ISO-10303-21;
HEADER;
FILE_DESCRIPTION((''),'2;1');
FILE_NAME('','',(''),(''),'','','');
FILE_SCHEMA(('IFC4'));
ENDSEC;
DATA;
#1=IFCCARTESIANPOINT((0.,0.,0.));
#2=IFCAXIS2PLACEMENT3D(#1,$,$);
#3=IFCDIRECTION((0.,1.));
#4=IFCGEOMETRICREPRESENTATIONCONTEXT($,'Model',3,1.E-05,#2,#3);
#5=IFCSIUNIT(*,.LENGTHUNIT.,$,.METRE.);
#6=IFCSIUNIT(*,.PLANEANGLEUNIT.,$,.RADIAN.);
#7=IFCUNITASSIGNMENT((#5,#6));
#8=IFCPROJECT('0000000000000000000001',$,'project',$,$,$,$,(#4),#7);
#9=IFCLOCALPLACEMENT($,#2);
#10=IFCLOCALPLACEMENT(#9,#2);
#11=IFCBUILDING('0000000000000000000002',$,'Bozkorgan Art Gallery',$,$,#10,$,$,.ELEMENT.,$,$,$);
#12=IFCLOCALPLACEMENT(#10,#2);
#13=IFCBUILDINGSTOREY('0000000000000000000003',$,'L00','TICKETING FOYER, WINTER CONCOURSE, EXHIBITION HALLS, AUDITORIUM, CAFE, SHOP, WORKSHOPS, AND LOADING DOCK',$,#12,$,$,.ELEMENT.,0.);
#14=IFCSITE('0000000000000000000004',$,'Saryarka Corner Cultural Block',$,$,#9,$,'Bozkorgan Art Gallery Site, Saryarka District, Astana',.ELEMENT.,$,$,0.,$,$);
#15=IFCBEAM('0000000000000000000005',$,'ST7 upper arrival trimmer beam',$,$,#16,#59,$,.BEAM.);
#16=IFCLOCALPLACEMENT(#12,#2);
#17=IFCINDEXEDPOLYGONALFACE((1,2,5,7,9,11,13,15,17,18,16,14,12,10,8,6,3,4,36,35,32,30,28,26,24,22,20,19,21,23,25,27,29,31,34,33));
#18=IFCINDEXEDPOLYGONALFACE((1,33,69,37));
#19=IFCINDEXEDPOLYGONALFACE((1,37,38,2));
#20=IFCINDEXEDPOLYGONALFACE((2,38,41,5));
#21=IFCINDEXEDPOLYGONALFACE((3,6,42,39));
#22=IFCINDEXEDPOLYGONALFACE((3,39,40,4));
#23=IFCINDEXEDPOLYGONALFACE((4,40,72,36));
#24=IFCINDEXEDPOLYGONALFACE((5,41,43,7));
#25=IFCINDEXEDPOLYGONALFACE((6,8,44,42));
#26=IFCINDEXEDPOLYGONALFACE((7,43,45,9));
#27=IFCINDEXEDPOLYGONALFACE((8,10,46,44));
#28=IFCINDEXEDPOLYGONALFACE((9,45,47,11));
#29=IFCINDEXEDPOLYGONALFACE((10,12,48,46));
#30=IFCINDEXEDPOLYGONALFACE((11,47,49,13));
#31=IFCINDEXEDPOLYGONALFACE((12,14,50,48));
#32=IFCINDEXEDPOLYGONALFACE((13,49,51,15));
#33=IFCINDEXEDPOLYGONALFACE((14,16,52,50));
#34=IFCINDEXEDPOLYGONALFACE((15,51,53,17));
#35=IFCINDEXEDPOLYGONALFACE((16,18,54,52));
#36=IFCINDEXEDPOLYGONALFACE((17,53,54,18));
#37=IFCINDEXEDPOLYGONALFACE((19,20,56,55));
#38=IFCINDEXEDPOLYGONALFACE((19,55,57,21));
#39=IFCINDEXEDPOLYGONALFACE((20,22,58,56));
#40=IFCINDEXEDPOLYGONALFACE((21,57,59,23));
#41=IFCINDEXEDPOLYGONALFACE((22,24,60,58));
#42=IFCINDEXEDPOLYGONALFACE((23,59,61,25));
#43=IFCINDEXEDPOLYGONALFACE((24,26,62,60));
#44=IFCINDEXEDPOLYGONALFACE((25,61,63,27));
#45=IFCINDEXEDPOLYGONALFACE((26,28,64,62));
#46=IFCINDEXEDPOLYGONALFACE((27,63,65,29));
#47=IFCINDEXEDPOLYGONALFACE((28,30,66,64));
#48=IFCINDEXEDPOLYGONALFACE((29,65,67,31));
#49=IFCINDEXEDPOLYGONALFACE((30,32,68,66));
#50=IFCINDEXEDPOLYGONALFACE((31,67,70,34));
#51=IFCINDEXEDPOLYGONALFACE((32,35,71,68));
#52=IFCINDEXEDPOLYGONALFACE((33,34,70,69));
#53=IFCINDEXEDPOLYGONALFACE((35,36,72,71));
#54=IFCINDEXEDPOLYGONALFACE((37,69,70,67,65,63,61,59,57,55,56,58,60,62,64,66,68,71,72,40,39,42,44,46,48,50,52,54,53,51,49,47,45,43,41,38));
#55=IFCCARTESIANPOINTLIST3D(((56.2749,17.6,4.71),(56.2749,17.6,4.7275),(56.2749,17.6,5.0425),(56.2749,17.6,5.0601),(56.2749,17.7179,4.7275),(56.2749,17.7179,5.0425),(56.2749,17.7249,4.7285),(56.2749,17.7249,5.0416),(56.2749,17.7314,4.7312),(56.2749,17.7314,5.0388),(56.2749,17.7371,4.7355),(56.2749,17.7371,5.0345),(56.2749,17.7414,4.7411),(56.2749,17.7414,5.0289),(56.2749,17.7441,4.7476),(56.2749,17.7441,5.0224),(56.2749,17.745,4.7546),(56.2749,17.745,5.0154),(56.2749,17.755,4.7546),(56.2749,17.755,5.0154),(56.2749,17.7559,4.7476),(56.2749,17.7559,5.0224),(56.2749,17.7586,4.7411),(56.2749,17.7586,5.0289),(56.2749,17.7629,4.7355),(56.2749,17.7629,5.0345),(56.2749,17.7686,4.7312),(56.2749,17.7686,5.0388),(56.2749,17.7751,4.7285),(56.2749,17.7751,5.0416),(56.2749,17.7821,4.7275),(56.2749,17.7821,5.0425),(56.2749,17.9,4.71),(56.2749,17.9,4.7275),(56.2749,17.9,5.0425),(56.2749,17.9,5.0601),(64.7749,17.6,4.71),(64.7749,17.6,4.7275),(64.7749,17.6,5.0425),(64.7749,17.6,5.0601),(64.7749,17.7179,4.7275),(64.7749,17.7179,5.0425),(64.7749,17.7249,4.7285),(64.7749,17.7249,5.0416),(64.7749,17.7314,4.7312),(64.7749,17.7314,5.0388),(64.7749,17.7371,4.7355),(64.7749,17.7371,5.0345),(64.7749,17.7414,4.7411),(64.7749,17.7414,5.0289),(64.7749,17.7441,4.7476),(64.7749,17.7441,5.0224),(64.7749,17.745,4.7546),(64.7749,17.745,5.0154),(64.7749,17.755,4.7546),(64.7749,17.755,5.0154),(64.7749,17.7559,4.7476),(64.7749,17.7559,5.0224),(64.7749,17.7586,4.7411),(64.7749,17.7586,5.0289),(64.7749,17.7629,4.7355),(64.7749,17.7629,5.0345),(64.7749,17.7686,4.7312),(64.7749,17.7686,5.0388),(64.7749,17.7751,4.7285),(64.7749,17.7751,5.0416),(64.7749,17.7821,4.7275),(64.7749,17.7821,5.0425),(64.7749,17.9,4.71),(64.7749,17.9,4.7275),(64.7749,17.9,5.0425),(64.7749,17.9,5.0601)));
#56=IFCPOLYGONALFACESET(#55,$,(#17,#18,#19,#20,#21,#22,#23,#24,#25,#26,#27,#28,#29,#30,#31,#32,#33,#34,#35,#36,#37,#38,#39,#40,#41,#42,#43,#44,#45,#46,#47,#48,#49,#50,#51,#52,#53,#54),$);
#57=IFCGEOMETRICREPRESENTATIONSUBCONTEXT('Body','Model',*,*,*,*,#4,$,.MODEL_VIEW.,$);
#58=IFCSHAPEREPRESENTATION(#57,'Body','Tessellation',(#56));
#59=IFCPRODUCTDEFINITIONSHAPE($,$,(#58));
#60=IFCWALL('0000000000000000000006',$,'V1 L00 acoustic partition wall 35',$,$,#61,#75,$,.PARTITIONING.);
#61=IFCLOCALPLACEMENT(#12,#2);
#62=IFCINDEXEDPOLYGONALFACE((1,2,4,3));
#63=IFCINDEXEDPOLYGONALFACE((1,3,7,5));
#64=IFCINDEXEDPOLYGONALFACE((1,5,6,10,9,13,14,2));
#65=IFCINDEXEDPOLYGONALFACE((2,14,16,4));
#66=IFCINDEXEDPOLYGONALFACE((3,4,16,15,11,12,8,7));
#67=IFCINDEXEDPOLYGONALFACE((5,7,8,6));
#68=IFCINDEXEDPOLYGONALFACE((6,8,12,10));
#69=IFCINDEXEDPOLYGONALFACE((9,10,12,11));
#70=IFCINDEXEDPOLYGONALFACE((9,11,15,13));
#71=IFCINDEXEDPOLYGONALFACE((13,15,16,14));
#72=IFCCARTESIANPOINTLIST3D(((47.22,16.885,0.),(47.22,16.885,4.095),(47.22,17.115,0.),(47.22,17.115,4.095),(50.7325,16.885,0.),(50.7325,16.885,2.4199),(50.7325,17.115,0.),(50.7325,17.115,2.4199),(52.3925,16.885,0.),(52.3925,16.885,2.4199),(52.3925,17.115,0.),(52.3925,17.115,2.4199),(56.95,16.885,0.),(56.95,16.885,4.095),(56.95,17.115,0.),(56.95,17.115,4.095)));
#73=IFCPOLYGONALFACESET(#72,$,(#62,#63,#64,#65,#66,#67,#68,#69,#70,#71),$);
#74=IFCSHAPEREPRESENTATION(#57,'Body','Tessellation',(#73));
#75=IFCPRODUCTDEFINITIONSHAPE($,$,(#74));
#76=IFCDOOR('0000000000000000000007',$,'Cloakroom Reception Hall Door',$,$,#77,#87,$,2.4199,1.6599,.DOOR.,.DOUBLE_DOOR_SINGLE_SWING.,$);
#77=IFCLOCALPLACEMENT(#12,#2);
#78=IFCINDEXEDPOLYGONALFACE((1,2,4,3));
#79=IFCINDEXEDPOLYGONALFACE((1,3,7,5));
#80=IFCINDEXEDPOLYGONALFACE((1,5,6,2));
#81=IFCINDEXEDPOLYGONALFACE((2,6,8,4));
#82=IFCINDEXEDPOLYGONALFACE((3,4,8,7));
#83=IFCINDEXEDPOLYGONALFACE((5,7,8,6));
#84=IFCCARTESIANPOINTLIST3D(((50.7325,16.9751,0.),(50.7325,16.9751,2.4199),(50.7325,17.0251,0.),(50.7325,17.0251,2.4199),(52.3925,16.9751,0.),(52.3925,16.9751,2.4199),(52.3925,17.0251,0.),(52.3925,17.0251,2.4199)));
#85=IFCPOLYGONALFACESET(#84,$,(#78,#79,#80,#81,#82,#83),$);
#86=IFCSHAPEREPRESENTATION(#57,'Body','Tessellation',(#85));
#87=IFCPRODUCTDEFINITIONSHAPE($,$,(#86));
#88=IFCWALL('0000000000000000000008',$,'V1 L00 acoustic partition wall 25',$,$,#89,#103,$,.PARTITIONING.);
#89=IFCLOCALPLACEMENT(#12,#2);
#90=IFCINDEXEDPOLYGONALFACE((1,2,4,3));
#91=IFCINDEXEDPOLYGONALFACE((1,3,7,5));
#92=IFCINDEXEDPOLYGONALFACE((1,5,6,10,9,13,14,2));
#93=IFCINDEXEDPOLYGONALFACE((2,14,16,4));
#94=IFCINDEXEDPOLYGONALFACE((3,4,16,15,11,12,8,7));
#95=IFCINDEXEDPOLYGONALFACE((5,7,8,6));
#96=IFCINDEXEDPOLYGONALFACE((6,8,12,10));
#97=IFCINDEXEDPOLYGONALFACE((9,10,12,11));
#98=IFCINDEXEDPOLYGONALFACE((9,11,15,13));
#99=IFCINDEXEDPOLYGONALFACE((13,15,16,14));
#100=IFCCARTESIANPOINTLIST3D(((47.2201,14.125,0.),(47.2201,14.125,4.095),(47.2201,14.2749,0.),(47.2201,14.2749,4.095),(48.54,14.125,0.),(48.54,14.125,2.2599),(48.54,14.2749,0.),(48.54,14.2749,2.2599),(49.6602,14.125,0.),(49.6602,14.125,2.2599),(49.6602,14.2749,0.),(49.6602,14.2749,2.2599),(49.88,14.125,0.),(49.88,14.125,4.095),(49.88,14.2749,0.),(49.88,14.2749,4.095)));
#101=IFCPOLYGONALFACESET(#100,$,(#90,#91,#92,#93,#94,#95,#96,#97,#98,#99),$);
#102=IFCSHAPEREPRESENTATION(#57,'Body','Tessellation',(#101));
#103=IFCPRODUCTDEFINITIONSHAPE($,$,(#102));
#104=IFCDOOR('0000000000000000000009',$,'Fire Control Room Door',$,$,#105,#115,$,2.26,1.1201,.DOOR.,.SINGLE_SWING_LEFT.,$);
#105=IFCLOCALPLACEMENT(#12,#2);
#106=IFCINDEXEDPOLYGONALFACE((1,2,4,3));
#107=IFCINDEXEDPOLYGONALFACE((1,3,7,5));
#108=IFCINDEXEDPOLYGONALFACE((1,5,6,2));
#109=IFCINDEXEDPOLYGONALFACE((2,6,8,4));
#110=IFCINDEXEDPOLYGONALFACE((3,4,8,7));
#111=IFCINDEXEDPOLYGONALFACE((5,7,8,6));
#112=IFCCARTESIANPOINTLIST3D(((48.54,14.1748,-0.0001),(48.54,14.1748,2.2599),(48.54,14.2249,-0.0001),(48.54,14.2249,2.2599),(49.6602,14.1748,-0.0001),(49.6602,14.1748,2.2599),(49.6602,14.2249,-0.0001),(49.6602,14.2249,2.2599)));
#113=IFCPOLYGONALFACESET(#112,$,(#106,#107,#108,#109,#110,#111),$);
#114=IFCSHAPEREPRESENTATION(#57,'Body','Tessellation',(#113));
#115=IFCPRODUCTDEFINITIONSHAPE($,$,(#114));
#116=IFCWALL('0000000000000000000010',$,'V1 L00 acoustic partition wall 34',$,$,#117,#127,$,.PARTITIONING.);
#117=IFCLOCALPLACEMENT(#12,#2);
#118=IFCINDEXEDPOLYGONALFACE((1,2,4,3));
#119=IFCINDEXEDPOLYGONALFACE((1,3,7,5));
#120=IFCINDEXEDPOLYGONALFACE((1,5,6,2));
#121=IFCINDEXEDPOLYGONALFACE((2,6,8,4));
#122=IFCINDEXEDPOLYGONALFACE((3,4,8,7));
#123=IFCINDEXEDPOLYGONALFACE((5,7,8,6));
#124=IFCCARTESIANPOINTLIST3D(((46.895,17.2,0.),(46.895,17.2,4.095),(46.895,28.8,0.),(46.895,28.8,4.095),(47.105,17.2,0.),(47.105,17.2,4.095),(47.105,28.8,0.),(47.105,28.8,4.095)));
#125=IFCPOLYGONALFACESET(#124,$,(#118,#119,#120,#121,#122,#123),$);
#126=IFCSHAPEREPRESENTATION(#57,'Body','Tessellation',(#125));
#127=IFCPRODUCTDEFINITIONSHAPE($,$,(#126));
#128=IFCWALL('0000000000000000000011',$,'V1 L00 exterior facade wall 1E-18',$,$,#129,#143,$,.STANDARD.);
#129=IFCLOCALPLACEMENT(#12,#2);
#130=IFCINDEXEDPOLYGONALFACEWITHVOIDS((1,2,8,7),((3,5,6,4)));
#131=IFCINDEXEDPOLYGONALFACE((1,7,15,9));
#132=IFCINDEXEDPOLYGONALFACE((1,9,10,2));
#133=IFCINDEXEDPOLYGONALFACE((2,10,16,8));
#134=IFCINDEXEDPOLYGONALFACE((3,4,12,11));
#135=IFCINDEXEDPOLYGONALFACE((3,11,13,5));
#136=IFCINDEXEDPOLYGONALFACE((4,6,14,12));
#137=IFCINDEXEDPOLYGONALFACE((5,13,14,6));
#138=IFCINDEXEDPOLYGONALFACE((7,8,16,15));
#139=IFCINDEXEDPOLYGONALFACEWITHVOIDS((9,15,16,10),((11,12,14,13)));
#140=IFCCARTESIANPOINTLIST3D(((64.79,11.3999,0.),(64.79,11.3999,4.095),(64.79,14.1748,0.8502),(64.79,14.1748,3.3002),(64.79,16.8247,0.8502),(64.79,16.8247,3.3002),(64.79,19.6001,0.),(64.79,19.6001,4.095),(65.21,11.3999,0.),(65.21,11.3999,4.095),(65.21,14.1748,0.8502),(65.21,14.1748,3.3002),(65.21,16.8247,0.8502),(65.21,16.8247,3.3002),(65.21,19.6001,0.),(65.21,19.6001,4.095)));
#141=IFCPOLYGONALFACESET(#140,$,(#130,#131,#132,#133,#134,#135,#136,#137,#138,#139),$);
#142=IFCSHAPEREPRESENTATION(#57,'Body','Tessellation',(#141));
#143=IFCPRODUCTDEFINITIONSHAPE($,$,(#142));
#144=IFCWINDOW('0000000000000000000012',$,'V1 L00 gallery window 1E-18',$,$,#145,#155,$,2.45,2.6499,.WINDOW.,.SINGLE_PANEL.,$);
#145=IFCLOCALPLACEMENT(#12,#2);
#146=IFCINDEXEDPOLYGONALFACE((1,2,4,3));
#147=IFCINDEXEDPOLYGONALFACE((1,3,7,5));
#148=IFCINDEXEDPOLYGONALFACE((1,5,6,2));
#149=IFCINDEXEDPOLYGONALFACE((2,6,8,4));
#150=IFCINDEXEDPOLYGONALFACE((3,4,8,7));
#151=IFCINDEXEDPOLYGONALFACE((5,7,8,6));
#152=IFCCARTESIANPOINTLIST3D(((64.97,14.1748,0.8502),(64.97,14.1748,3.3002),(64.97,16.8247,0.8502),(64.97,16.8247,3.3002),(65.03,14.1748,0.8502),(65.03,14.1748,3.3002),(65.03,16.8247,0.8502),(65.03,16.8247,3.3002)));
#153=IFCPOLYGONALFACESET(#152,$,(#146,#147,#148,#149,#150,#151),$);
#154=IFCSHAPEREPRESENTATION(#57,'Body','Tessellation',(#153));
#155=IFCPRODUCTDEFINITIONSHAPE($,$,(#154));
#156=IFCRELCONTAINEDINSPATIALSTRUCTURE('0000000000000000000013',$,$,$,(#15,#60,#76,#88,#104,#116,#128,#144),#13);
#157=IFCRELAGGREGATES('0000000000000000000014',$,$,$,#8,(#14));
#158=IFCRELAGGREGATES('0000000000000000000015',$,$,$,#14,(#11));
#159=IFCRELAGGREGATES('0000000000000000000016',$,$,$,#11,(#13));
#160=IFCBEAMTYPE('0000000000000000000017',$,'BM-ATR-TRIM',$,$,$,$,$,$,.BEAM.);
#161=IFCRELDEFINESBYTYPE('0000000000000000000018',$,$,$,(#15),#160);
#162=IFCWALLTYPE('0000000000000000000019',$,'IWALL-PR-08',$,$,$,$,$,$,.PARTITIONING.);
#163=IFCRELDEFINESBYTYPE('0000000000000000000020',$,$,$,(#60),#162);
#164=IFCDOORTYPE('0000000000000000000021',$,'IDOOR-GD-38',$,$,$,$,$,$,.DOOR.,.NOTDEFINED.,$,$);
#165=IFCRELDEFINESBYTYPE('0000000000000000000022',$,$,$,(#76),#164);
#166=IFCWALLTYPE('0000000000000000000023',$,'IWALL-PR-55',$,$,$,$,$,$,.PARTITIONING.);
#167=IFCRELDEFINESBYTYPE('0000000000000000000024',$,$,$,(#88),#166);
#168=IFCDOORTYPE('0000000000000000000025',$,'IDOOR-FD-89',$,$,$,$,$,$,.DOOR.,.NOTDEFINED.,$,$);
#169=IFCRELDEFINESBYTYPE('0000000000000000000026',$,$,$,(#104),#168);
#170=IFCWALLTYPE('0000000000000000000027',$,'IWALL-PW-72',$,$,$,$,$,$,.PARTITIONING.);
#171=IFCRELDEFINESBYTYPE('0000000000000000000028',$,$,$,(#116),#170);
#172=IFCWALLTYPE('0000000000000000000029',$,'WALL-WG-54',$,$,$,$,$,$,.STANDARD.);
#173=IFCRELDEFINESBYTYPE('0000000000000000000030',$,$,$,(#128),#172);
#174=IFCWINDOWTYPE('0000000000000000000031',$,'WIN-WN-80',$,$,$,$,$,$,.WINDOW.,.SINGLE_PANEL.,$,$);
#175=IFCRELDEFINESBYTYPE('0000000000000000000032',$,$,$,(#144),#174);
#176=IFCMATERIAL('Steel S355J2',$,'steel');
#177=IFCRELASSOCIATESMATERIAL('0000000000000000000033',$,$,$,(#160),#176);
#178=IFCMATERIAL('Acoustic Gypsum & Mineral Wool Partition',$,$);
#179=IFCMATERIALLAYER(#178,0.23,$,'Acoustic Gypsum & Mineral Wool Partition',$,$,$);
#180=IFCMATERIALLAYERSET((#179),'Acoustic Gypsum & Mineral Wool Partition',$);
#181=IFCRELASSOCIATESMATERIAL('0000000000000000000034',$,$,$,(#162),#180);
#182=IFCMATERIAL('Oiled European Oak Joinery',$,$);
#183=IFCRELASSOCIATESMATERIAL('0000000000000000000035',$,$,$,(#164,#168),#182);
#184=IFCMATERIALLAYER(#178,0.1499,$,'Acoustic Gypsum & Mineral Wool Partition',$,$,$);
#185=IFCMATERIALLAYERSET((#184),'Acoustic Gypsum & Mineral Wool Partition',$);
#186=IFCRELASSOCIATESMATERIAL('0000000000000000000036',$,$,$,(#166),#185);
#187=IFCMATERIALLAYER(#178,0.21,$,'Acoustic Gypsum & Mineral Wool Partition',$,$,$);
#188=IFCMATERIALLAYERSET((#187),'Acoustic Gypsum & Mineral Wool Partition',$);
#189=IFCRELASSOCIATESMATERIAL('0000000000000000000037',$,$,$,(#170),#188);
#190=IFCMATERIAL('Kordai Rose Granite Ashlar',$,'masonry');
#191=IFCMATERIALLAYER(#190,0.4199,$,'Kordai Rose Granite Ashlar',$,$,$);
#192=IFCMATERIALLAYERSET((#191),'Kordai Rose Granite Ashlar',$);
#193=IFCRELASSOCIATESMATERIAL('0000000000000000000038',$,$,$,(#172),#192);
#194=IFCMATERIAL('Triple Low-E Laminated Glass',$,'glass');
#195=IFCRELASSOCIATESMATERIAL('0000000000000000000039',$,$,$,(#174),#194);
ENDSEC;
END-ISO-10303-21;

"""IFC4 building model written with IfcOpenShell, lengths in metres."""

from ifc_helpers import new_model, si_unit, direction, frame, frame_2d, origin, origin_2d, place, context, subcontext, project, spatial, rectangle, i_section, extrude, material, layer, layer_set, material_profile, profile_set, type_object, element, fill, save


model = new_model("IFC4")

# Units and contexts
model_context = context("Model", 3, precision=1e-05, world=origin(), true_north=direction((0.0, 1.0)))
body_context = subcontext(model_context, "Body", "Model", "MODEL_VIEW")
ifc_project = project(units=[si_unit("LENGTHUNIT", "METRE"), si_unit("PLANEANGLEUNIT", "RADIAN")], contexts=[model_context])

# Site, building, storey
site_placement = place(None, origin())
site = spatial("IfcSite", under=ifc_project, at=site_placement, Name="Saryarka Corner Cultural Block", LongName="Bozkorgan Art Gallery Site, Saryarka District, Astana", CompositionType="ELEMENT", RefElevation=0.0)
building_placement = place(site_placement, origin())
building = spatial("IfcBuilding", under=site, at=building_placement, Name="Bozkorgan Art Gallery", CompositionType="ELEMENT")
storey_placement = place(building_placement, origin())
storey = spatial("IfcBuildingStorey", under=building, at=storey_placement, Name="L00", Description="TICKETING FOYER, WINTER CONCOURSE, EXHIBITION HALLS, AUDITORIUM, CAFE, SHOP, WORKSHOPS, AND LOADING DOCK", CompositionType="ELEMENT", Elevation=0.0)

# Shared definitions
ifc_material_1 = material(Name="Steel S355J2", Category="steel")

# Beam
ifc_material_profile_1 = material_profile(ifc_material_1, i_section(OverallWidth=0.3, OverallDepth=0.3501, WebThickness=0.01, FlangeThickness=0.0176, FilletRadius=0.0271, at=origin_2d()), Name="HEA 360")
ifc_profile_set_1 = profile_set([ifc_material_profile_1], Name="Steel S355J2")
beam_type_1 = type_object("IfcBeamType", Name="BM-ATR-TRIM", PredefinedType="BEAM", material=ifc_profile_set_1)
beam_1_placement = place(storey_placement, frame((56.2749, 17.75, 4.885), z_axis=(1.0, 0.0, 0.0), x_axis=(0.0, 1.0, 0.0)))
element("IfcBeam", 1, at=beam_1_placement, inside=storey, type_object=beam_type_1, Name="ST7 upper arrival trimmer beam", PredefinedType="BEAM", context=body_context, shape_type="SweptSolid", body=[
    extrude(i_section(OverallWidth=0.3, OverallDepth=0.3501, WebThickness=0.01, FlangeThickness=0.0176, FilletRadius=0.0271, at=origin_2d()), origin(), (0.0, 0.0, 1.0), 8.5),
])

# Walls, openings, doors
ifc_material_2 = material(Name="Acoustic Gypsum & Mineral Wool Partition")
ifc_layer_1 = layer(ifc_material_2, 0.23, Name="Acoustic Gypsum & Mineral Wool Partition")
ifc_layer_set_1 = layer_set([ifc_layer_1], Name="Acoustic Gypsum & Mineral Wool Partition")
wall_type_1 = type_object("IfcWallType", Name="IWALL-PR-08", PredefinedType="PARTITIONING", material=ifc_layer_set_1)
wall_1_placement = place(storey_placement, frame((47.22, 17.0, 0.0), z_axis=(0.0, 0.0, 1.0), x_axis=(1.0, 0.0, 0.0)))
wall_1 = element("IfcWall", 2, at=wall_1_placement, inside=storey, type_object=wall_type_1, Name="V1 L00 acoustic partition wall 35", PredefinedType="PARTITIONING", context=body_context, shape_type="SweptSolid", body=[
    extrude(rectangle(XDim=9.73, YDim=0.23, at=frame_2d((4.865, 0.0))), origin(), (0.0, 0.0, 1.0), 4.095),
])
opening_1_placement = place(wall_1_placement, frame((5.1726, 0.0, 0.0), z_axis=(0.0, 0.0, 1.0), x_axis=(-1.0, 0.0, 0.0)))
opening_1 = element("IfcOpeningElement", 3, at=opening_1_placement, cuts=wall_1, PredefinedType="OPENING", context=body_context, shape_type="SweptSolid", body=[
    extrude(rectangle(XDim=1.6599, YDim=2.4199, at=frame_2d((0.8301, 1.21))), frame((0.0, 0.125, 0.0), z_axis=(0.0, -1.0, 0.0), x_axis=(1.0, 0.0, 0.0)), (0.0, 0.0, 1.0), 0.25),
])
ifc_material_3 = material(Name="Oiled European Oak Joinery")
door_type_1 = type_object("IfcDoorType", Name="IDOOR-GD-38", OperationType="NOTDEFINED", PredefinedType="DOOR", material=ifc_material_3)
door_1_placement = place(opening_1_placement, origin())
door_1 = element("IfcDoor", 4, at=door_1_placement, inside=storey, type_object=door_type_1, Name="Cloakroom Reception Hall Door", OperationType="DOUBLE_DOOR_SINGLE_SWING", OverallHeight=2.4199, OverallWidth=1.6599, PredefinedType="DOOR", context=body_context, shape_type="SweptSolid", body=[
    extrude(rectangle(XDim=1.6599, YDim=2.4199, at=frame_2d((0.8301, 1.21))), frame((0.0, 0.0249, 0.0), z_axis=(0.0, -1.0, 0.0), x_axis=(1.0, 0.0, 0.0)), (0.0, 0.0, 1.0), 0.05),
])
fill(opening_1, door_1)
ifc_layer_2 = layer(ifc_material_2, 0.1499, Name="Acoustic Gypsum & Mineral Wool Partition")
ifc_layer_set_2 = layer_set([ifc_layer_2], Name="Acoustic Gypsum & Mineral Wool Partition")
wall_type_2 = type_object("IfcWallType", Name="IWALL-PR-55", PredefinedType="PARTITIONING", material=ifc_layer_set_2)
wall_2_placement = place(storey_placement, frame((47.22, 14.2, 0.0), z_axis=(0.0, 0.0, 1.0), x_axis=(1.0, 0.0, 0.0)))
wall_2 = element("IfcWall", 5, at=wall_2_placement, inside=storey, type_object=wall_type_2, Name="V1 L00 acoustic partition wall 25", PredefinedType="PARTITIONING", context=body_context, shape_type="SweptSolid", body=[
    extrude(rectangle(XDim=2.6599, YDim=0.1499, at=frame_2d((1.3301, 0.0))), origin(), (0.0, 0.0, 1.0), 4.095),
])
opening_2_placement = place(wall_2_placement, frame((1.3201, 0.0, 0.0)))
opening_2 = element("IfcOpeningElement", 6, at=opening_2_placement, cuts=wall_2, PredefinedType="OPENING", context=body_context, shape_type="SweptSolid", body=[
    extrude(rectangle(XDim=1.1201, YDim=2.26, at=frame_2d((0.5601, 1.1299))), frame((0.0, 0.085, 0.0), z_axis=(0.0, -1.0, 0.0), x_axis=(1.0, 0.0, 0.0)), (0.0, 0.0, 1.0), 0.1699),
])
door_type_2 = type_object("IfcDoorType", Name="IDOOR-FD-89", OperationType="NOTDEFINED", PredefinedType="DOOR", material=ifc_material_3)
door_2_placement = place(opening_2_placement, origin())
door_2 = element("IfcDoor", 7, at=door_2_placement, inside=storey, type_object=door_type_2, Name="Fire Control Room Door", OperationType="SINGLE_SWING_LEFT", OverallHeight=2.26, OverallWidth=1.1201, PredefinedType="DOOR", context=body_context, shape_type="SweptSolid", body=[
    extrude(rectangle(XDim=1.1201, YDim=2.26, at=frame_2d((0.5601, 1.1299))), frame((0.0, 0.0249, 0.0), z_axis=(0.0, -1.0, 0.0), x_axis=(1.0, 0.0, 0.0)), (0.0, 0.0, 1.0), 0.05),
])
fill(opening_2, door_2)

# Wall
ifc_layer_3 = layer(ifc_material_2, 0.21, Name="Acoustic Gypsum & Mineral Wool Partition")
ifc_layer_set_3 = layer_set([ifc_layer_3], Name="Acoustic Gypsum & Mineral Wool Partition")
wall_type_3 = type_object("IfcWallType", Name="IWALL-PW-72", PredefinedType="PARTITIONING", material=ifc_layer_set_3)
wall_3_placement = place(storey_placement, frame((47.0, 17.2, 0.0), z_axis=(0.0, 0.0, 1.0), x_axis=(0.0, 1.0, 0.0)))
element("IfcWall", 8, at=wall_3_placement, inside=storey, type_object=wall_type_3, Name="V1 L00 acoustic partition wall 34", PredefinedType="PARTITIONING", context=body_context, shape_type="SweptSolid", body=[
    extrude(rectangle(XDim=11.6001, YDim=0.21, at=frame_2d((5.8, 0.0))), origin(), (0.0, 0.0, 1.0), 4.095),
])

# Wall, opening, window
ifc_material_4 = material(Name="Kordai Rose Granite Ashlar", Category="masonry")
ifc_layer_4 = layer(ifc_material_4, 0.4199, Name="Kordai Rose Granite Ashlar")
ifc_layer_set_4 = layer_set([ifc_layer_4], Name="Kordai Rose Granite Ashlar")
wall_type_4 = type_object("IfcWallType", Name="WALL-WG-54", PredefinedType="STANDARD", material=ifc_layer_set_4)
wall_4_placement = place(storey_placement, frame((65.0, 11.3999, 0.0), z_axis=(0.0, 0.0, 1.0), x_axis=(0.0, 1.0, 0.0)))
wall_4 = element("IfcWall", 9, at=wall_4_placement, inside=storey, type_object=wall_type_4, Name="V1 L00 exterior facade wall 1E-18", PredefinedType="STANDARD", context=body_context, shape_type="SweptSolid", body=[
    extrude(rectangle(XDim=8.2002, YDim=0.4199, at=frame_2d((4.1001, 0.0))), origin(), (0.0, 0.0, 1.0), 4.095),
])
opening_3_placement = place(wall_4_placement, frame((5.4248, 0.0, 0.8501), z_axis=(0.0, 0.0, 1.0), x_axis=(-1.0, 0.0, 0.0)))
opening_3 = element("IfcOpeningElement", 10, at=opening_3_placement, cuts=wall_4, PredefinedType="OPENING", context=body_context, shape_type="SweptSolid", body=[
    extrude(rectangle(XDim=2.6499, YDim=2.45, at=frame_2d((1.325, 1.2251))), frame((0.0, 0.22, 0.0), z_axis=(0.0, -1.0, 0.0), x_axis=(1.0, 0.0, 0.0)), (0.0, 0.0, 1.0), 0.4399),
])
ifc_material_5 = material(Name="Triple Low-E Laminated Glass", Category="glass")
window_type = type_object("IfcWindowType", Name="WIN-WN-80", PartitioningType="SINGLE_PANEL", PredefinedType="WINDOW", material=ifc_material_5)
window_placement = place(opening_3_placement, origin())
window = element("IfcWindow", 11, at=window_placement, inside=storey, type_object=window_type, Name="V1 L00 gallery window 1E-18", OverallHeight=2.45, OverallWidth=2.6499, PartitioningType="SINGLE_PANEL", PredefinedType="WINDOW", context=body_context, shape_type="SweptSolid", body=[
    extrude(rectangle(XDim=2.6499, YDim=2.45, at=frame_2d((1.325, 1.2251))), frame((0.0, 0.03, 0.0), z_axis=(0.0, -1.0, 0.0), x_axis=(1.0, 0.0, 0.0)), (0.0, 0.0, 1.0), 0.0601),
])
fill(opening_3, window)

save(model, "model.ifc")
